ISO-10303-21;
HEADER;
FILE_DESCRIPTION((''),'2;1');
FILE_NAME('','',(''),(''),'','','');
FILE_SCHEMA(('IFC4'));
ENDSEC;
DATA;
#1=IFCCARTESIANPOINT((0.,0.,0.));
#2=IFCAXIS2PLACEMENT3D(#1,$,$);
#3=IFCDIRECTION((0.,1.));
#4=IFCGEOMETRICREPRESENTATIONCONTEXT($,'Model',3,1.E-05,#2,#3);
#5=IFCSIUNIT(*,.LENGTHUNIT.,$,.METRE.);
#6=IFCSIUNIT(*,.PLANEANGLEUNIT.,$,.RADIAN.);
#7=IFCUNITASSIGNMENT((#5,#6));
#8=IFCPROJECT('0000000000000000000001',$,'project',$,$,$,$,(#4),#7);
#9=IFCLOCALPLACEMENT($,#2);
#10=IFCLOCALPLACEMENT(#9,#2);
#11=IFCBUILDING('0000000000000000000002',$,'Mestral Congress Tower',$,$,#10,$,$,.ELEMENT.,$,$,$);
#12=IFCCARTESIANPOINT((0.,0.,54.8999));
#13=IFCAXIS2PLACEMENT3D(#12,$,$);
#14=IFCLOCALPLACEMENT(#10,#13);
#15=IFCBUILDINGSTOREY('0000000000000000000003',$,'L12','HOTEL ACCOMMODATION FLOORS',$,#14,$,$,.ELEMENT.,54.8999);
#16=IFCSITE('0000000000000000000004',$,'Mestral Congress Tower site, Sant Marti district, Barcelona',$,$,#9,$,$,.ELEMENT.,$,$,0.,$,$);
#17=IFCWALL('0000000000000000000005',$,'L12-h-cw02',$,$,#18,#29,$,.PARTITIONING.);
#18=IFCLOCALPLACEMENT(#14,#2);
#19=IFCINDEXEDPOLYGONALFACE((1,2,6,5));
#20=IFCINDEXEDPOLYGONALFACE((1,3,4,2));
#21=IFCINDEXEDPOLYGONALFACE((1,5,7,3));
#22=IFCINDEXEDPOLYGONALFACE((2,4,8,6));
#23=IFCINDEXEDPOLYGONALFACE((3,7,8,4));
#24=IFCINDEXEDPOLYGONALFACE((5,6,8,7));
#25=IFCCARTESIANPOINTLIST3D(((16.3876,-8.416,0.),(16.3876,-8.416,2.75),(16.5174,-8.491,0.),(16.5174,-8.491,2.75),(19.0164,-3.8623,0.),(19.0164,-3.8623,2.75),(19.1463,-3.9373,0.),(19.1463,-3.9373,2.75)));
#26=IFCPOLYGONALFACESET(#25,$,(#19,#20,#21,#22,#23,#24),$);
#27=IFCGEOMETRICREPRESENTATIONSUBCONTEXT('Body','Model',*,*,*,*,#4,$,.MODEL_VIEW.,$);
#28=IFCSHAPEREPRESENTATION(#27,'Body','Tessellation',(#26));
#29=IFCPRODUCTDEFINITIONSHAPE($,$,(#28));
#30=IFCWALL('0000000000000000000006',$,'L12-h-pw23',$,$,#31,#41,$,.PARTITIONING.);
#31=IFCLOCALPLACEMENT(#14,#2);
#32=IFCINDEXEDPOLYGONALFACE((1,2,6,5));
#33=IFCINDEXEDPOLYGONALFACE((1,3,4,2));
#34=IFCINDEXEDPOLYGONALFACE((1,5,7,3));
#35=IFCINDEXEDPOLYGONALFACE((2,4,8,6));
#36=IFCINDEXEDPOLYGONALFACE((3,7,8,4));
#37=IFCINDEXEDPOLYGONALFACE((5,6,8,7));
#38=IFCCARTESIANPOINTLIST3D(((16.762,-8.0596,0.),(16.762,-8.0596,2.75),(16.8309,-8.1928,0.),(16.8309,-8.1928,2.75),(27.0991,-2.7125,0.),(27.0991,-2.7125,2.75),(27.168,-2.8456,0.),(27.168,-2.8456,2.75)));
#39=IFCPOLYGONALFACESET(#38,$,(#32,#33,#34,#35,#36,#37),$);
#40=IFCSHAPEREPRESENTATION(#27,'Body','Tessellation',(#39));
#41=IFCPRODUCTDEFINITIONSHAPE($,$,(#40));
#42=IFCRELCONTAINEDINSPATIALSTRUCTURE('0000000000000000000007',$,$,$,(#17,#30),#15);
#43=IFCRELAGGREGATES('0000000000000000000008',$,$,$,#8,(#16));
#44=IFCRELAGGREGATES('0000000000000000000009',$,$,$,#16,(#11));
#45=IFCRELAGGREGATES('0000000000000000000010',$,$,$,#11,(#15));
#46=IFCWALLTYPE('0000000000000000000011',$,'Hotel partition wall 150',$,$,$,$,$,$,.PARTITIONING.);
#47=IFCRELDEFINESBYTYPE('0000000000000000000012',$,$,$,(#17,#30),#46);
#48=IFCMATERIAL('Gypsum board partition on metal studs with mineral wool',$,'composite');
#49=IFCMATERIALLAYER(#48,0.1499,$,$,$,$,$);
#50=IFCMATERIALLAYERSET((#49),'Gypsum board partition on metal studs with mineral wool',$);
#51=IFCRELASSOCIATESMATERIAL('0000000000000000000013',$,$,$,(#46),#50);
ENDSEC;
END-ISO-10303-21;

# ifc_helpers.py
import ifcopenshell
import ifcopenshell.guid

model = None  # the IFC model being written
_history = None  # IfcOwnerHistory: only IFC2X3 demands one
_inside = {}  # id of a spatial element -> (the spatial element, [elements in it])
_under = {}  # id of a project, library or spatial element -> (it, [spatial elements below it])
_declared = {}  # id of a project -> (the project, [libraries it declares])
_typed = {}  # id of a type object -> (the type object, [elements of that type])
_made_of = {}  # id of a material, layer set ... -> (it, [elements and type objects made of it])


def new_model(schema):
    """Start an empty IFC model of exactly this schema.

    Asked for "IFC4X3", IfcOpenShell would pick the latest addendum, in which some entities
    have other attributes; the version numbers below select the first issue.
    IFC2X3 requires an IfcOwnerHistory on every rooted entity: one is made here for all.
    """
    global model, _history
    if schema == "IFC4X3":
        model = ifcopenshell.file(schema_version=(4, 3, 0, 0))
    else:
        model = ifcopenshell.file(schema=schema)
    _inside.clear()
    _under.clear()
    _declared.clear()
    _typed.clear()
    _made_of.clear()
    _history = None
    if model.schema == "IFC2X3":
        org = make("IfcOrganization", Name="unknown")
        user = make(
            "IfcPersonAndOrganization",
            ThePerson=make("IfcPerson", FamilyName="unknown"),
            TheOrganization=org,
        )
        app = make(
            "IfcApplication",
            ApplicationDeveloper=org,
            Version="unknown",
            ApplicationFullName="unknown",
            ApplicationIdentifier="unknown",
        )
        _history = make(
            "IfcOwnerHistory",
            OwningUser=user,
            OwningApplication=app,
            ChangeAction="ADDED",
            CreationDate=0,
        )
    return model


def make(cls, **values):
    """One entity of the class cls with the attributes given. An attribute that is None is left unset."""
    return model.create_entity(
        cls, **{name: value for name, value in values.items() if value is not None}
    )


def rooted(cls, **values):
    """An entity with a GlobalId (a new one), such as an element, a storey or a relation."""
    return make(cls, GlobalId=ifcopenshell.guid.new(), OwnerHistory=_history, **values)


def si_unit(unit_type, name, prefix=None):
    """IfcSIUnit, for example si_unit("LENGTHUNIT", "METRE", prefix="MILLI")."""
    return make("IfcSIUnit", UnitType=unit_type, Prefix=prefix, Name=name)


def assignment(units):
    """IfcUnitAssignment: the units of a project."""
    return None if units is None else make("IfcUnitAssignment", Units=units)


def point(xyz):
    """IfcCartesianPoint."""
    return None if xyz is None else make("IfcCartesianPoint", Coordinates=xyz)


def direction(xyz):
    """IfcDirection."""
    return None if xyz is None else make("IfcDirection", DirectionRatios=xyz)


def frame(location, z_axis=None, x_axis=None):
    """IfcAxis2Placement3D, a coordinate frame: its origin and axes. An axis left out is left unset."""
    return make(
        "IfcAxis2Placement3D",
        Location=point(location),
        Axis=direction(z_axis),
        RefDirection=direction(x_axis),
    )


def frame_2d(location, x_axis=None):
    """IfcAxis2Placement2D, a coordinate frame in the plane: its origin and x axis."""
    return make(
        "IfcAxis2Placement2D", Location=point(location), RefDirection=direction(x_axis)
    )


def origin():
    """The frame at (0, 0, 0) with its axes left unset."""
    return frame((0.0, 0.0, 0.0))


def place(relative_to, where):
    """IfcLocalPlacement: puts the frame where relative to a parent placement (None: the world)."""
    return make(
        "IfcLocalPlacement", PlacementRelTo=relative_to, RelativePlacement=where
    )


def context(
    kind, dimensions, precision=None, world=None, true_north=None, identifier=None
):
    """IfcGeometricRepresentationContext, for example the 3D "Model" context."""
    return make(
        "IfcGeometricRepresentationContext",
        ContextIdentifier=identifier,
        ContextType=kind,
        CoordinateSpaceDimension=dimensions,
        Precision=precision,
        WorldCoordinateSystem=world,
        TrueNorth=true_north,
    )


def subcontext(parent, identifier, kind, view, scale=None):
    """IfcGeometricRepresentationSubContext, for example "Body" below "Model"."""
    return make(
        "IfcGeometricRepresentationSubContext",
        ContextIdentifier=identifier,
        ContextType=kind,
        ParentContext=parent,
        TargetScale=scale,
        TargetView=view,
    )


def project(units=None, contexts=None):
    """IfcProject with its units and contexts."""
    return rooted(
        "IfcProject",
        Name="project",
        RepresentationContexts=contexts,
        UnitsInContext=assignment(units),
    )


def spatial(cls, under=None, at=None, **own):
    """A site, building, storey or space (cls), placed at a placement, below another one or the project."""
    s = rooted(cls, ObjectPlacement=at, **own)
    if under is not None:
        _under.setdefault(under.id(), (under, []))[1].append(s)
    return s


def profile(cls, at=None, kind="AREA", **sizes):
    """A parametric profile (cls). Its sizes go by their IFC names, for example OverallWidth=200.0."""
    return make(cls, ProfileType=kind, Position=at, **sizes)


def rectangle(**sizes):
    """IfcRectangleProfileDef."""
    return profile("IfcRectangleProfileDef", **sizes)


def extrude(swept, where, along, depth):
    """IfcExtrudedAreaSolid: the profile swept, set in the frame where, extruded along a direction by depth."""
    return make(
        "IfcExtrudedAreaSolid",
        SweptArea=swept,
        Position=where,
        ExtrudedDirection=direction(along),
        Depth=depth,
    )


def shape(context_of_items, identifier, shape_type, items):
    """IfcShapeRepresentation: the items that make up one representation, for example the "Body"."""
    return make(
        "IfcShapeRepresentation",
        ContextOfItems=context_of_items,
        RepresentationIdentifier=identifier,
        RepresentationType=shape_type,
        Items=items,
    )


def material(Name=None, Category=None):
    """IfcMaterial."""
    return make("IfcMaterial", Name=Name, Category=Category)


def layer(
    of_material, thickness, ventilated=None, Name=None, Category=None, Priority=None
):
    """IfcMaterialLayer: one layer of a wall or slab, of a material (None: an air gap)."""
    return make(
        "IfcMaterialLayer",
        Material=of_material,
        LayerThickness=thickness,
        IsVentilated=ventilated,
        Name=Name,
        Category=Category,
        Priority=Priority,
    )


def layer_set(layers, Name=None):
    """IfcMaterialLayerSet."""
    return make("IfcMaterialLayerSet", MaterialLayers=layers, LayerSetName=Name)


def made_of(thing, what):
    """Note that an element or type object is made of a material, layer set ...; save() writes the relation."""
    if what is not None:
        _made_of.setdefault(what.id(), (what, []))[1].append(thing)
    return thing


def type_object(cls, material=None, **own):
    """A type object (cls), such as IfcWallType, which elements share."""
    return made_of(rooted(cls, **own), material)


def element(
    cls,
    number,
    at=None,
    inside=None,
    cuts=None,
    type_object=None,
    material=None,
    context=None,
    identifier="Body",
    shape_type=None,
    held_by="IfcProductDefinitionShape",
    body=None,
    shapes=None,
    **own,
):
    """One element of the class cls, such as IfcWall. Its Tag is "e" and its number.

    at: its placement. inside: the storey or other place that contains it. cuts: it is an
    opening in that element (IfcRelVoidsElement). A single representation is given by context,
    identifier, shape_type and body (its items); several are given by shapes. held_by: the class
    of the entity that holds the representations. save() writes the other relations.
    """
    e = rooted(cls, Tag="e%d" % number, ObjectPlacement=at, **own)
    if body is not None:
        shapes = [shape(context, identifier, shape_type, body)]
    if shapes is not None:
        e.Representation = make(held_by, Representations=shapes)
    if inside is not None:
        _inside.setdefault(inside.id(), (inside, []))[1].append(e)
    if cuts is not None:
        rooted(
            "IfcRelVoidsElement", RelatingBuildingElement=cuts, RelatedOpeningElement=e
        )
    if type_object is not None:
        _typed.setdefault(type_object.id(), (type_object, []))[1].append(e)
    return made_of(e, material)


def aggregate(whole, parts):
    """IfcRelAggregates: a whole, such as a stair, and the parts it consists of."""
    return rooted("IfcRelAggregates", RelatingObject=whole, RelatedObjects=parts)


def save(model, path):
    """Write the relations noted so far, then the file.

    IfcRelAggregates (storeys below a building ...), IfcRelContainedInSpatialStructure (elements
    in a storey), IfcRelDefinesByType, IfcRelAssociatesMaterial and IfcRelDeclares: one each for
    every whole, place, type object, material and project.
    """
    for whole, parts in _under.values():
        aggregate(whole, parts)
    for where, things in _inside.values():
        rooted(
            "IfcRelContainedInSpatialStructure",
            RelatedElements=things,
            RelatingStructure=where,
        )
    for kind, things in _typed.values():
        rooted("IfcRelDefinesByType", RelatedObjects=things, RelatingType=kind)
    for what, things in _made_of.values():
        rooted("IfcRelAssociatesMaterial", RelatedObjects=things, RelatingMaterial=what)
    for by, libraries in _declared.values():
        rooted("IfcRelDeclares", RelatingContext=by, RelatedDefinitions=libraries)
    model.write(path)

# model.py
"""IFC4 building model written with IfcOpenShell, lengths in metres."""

from ifc_helpers import new_model, si_unit, direction, frame, frame_2d, origin, place, context, subcontext, project, spatial, rectangle, extrude, material, layer, layer_set, type_object, element, save


model = new_model("IFC4")

# Units and contexts
model_context = context("Model", 3, precision=1e-05, world=origin(), true_north=direction((0.0, 1.0)))
body_context = subcontext(model_context, "Body", "Model", "MODEL_VIEW")
ifc_project = project(units=[si_unit("LENGTHUNIT", "METRE"), si_unit("PLANEANGLEUNIT", "RADIAN")], contexts=[model_context])

# Site, building, storey
site_placement = place(None, origin())
site = spatial("IfcSite", under=ifc_project, at=site_placement, Name="Mestral Congress Tower site, Sant Marti district, Barcelona", CompositionType="ELEMENT", RefElevation=0.0)
building_placement = place(site_placement, origin())
building = spatial("IfcBuilding", under=site, at=building_placement, Name="Mestral Congress Tower", CompositionType="ELEMENT")
storey_placement = place(building_placement, frame((0.0, 0.0, 54.8999)))
storey = spatial("IfcBuildingStorey", under=building, at=storey_placement, Name="L12", Description="HOTEL ACCOMMODATION FLOORS", CompositionType="ELEMENT", Elevation=54.8999)

# Shared definitions
ifc_material_1 = material(Name="Gypsum board partition on metal studs with mineral wool", Category="composite")

# Shared definitions
ifc_layer_1 = layer(ifc_material_1, 0.1499)
ifc_layer_set_1 = layer_set([ifc_layer_1], Name="Gypsum board partition on metal studs with mineral wool")
wall_type_1 = type_object("IfcWallType", Name="Hotel partition wall 150", PredefinedType="PARTITIONING", material=ifc_layer_set_1)

# Walls
wall_1_placement = place(storey_placement, frame((19.0813, -3.8999, 0.0), z_axis=(0.0, 0.0, 1.0), x_axis=(-0.499974, -0.86604, 0.0)))
element("IfcWall", 1, at=wall_1_placement, inside=storey, type_object=wall_type_1, Name="L12-h-cw02", PredefinedType="PARTITIONING", context=body_context, shape_type="SweptSolid", body=[
    extrude(rectangle(XDim=5.2581, YDim=0.1499, at=frame_2d((2.6289, 0.0))), origin(), (0.0, 0.0, 1.0), 2.75),
])
wall_2_placement = place(storey_placement, frame((27.1335, -2.7791, 0.0), z_axis=(0.0, 0.0, 1.0), x_axis=(-0.888205, -0.459447, 0.0)))
element("IfcWall", 2, at=wall_2_placement, inside=storey, type_object=wall_type_1, Name="L12-h-pw23", PredefinedType="PARTITIONING", context=body_context, shape_type="SweptSolid", body=[
    extrude(rectangle(XDim=11.6382, YDim=0.1499, at=frame_2d((5.8191, 0.0))), origin(), (0.0, 0.0, 1.0), 2.75),
])

save(model, "model.ifc")
